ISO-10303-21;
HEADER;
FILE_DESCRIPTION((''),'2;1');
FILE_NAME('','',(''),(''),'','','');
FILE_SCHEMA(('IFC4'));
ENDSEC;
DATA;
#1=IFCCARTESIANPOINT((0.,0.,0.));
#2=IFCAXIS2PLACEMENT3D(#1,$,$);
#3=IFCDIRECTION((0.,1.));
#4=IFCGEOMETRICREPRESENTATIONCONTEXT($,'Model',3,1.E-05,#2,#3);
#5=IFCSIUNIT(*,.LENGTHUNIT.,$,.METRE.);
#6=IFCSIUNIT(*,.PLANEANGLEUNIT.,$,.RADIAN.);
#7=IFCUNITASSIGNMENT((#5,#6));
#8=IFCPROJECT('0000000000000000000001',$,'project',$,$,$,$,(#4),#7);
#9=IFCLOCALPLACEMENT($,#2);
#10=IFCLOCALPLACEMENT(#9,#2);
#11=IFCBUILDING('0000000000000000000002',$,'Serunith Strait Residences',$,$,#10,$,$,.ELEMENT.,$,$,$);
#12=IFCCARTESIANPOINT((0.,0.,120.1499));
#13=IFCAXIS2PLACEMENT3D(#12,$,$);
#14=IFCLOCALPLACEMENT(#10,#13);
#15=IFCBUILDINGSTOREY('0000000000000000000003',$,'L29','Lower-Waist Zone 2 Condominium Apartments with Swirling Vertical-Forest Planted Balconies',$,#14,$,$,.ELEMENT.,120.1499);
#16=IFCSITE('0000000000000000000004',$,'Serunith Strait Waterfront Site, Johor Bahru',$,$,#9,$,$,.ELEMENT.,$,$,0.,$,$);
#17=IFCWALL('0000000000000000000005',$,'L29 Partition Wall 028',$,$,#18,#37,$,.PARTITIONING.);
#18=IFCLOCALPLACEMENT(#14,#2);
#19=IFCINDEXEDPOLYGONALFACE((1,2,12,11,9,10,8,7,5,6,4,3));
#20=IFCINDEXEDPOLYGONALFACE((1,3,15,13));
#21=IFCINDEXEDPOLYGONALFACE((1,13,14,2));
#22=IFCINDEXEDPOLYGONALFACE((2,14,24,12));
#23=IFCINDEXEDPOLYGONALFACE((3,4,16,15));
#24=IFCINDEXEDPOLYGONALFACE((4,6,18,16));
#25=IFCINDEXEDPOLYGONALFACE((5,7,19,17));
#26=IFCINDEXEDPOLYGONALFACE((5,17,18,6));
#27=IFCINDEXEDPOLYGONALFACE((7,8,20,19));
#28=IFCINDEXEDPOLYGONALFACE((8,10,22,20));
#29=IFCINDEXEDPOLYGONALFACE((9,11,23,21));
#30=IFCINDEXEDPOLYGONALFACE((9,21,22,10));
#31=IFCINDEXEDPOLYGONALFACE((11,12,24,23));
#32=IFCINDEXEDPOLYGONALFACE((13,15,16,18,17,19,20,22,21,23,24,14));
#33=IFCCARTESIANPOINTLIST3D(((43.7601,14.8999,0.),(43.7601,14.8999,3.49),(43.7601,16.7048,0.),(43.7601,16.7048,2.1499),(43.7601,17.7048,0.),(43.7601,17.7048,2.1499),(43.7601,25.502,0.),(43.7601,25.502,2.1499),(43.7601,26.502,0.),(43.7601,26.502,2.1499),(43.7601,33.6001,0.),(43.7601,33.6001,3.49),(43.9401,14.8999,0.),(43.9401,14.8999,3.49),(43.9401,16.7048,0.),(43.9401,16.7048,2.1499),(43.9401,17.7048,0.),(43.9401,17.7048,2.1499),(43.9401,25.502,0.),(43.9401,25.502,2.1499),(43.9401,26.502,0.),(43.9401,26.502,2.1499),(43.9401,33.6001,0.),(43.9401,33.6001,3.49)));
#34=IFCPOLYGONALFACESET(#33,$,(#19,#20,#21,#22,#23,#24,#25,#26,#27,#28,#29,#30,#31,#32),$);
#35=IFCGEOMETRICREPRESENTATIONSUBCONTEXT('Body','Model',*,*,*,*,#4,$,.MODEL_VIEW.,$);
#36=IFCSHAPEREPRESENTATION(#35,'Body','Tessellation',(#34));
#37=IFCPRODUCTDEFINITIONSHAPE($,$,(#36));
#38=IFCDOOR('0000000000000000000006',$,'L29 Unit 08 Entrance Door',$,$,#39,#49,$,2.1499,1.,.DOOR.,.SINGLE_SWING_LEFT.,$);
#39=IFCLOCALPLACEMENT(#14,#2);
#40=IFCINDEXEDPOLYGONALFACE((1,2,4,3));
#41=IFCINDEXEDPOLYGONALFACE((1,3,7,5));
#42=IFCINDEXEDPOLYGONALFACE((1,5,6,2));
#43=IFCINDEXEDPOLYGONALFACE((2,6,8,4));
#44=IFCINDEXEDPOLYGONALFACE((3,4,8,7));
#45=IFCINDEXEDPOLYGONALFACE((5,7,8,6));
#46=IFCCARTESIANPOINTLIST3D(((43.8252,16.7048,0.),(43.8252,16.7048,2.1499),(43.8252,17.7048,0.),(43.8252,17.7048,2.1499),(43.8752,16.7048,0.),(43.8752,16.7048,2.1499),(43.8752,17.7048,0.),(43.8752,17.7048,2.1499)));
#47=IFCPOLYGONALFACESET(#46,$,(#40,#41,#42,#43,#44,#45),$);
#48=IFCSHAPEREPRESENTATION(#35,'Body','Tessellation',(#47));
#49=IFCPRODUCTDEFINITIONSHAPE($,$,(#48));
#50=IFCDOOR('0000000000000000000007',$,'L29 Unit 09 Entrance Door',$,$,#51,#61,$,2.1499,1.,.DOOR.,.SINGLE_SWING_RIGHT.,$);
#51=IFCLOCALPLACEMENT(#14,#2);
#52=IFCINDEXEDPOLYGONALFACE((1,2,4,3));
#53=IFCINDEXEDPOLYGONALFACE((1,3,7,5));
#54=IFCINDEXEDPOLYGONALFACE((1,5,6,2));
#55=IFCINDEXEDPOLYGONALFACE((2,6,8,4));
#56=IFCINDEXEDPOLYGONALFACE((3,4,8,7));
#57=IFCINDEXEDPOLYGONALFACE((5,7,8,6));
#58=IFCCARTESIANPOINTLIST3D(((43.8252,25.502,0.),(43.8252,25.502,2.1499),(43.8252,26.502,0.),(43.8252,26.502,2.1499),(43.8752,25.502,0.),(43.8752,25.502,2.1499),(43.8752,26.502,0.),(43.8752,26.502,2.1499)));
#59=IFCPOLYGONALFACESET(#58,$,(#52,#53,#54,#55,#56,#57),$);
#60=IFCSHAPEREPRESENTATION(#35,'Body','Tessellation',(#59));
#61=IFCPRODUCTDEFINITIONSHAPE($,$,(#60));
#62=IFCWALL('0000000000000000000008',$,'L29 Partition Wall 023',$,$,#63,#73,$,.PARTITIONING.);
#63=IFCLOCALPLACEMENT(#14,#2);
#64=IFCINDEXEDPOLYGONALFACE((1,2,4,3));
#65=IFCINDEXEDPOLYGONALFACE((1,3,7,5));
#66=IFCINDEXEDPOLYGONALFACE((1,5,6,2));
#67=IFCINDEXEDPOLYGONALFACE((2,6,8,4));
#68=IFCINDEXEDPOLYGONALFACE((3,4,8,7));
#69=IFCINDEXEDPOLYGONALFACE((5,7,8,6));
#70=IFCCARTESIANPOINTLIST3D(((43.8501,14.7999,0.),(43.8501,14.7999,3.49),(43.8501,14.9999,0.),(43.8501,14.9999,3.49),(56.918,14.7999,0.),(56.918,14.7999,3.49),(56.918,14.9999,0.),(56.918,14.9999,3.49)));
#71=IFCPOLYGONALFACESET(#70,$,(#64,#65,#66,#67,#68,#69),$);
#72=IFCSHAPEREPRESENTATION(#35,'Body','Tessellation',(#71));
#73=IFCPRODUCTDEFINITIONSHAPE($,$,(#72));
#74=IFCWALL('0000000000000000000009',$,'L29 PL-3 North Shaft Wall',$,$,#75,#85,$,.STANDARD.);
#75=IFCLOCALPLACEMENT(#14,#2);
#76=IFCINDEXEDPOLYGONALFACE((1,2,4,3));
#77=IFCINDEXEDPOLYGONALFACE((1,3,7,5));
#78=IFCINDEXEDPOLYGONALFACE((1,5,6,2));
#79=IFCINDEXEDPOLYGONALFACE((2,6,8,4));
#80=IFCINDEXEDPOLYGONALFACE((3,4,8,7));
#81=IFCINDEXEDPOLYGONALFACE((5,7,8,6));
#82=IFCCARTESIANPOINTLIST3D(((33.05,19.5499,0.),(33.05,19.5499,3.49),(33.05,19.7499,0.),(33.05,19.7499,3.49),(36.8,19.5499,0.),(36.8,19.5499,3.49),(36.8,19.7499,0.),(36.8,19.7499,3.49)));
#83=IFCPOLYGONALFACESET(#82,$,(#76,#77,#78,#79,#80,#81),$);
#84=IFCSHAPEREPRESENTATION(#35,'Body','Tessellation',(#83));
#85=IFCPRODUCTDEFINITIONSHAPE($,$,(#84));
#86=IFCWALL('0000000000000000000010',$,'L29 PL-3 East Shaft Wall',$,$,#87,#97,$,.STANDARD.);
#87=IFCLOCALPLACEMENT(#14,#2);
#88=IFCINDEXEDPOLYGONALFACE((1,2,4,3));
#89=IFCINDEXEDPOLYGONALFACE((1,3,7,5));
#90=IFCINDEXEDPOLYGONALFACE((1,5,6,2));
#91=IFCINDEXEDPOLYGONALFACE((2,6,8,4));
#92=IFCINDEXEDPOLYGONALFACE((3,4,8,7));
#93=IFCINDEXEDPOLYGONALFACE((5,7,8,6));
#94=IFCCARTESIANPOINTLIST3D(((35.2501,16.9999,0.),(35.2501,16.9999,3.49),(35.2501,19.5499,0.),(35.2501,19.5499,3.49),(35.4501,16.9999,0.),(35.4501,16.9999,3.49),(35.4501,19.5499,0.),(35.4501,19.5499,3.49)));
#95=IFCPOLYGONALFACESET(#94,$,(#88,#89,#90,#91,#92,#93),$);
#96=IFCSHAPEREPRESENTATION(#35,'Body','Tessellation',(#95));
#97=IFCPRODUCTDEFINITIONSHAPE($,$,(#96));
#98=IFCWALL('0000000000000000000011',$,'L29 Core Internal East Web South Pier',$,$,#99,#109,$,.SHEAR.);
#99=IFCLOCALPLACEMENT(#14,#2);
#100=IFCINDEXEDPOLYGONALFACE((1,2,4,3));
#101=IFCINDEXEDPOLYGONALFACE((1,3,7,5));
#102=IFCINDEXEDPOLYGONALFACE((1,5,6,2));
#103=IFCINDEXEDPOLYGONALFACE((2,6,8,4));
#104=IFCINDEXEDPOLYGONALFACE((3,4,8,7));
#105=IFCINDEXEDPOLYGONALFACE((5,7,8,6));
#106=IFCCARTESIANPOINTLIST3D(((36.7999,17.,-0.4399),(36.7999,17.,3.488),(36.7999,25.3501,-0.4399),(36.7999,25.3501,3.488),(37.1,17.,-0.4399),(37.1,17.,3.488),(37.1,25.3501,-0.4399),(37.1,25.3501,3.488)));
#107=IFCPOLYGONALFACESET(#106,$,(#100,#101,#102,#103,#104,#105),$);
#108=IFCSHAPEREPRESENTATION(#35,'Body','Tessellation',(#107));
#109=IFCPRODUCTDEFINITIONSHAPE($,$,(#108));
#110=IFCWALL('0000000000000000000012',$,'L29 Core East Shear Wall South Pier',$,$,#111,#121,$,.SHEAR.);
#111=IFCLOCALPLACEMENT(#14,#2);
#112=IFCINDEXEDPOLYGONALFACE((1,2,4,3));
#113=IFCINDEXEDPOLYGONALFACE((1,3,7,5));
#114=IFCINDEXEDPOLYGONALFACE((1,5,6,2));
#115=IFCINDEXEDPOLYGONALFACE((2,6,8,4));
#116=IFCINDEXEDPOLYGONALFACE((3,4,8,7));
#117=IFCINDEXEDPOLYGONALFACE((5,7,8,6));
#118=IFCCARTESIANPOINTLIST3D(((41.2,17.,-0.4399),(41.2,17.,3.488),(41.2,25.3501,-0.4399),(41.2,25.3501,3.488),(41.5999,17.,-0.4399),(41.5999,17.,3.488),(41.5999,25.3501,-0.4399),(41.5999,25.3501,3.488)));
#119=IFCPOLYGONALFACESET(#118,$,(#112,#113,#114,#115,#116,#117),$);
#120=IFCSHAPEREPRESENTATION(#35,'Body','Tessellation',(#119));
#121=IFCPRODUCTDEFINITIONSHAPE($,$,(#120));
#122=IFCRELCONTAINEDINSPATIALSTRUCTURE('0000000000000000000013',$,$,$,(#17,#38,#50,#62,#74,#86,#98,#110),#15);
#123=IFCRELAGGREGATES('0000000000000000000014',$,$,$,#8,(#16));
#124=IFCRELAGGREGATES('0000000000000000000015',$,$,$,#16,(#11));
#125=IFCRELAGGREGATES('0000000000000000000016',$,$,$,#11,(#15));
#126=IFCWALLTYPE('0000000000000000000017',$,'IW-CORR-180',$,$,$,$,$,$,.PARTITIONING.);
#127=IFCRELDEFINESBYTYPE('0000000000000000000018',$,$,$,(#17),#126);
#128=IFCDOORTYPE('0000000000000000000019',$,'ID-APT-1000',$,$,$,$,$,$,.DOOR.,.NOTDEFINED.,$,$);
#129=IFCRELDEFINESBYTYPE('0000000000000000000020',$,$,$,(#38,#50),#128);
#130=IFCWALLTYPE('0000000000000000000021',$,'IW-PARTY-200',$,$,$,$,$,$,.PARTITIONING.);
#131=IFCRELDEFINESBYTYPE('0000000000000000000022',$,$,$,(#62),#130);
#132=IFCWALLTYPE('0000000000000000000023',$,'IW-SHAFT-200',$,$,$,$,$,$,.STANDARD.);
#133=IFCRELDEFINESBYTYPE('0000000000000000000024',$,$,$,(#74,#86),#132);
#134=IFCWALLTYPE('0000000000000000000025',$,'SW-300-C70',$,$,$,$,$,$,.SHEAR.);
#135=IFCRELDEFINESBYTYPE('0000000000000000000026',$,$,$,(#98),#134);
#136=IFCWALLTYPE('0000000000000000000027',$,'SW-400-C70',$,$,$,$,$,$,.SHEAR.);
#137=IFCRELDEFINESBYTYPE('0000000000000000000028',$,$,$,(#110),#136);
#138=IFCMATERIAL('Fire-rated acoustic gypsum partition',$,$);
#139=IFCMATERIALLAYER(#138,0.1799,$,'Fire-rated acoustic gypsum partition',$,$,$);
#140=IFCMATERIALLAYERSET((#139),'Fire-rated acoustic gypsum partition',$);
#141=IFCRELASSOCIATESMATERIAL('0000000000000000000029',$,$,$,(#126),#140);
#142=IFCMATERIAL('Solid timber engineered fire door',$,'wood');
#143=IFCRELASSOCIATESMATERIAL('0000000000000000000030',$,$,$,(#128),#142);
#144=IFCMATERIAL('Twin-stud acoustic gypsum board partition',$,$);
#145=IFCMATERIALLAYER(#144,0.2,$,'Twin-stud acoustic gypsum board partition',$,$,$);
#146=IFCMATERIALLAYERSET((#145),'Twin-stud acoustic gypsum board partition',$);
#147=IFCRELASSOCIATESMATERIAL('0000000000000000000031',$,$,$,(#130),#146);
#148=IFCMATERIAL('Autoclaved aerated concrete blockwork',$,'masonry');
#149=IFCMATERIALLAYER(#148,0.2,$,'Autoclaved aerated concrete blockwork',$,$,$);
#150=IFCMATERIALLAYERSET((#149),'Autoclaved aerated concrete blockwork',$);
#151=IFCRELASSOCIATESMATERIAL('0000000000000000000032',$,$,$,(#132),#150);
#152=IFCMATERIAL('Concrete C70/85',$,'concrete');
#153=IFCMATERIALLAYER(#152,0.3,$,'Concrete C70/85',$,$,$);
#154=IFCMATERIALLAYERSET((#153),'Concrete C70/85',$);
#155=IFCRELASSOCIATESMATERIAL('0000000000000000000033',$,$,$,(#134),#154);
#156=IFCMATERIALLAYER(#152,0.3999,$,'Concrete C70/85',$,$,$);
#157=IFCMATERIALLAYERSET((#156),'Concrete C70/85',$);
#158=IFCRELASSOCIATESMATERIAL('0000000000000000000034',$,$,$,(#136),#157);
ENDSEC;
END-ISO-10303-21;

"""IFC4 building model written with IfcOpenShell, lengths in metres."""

from ifc_helpers import new_model, si_unit, direction, frame, frame_2d, origin, place, context, subcontext, project, spatial, rectangle, extrude, source, transform, mapped, material, layer, layer_set, type_object, element, fill, save


model = new_model("IFC4")

# Units and contexts
model_context = context("Model", 3, precision=1e-05, world=origin(), true_north=direction((0.0, 1.0)))
body_context = subcontext(model_context, "Body", "Model", "MODEL_VIEW")
ifc_project = project(units=[si_unit("LENGTHUNIT", "METRE"), si_unit("PLANEANGLEUNIT", "RADIAN")], contexts=[model_context])

# Site, building, storey
site_placement = place(None, origin())
site = spatial("IfcSite", under=ifc_project, at=site_placement, Name="Serunith Strait Waterfront Site, Johor Bahru", CompositionType="ELEMENT", RefElevation=0.0)
building_placement = place(site_placement, origin())
building = spatial("IfcBuilding", under=site, at=building_placement, Name="Serunith Strait Residences", CompositionType="ELEMENT")
storey_placement = place(building_placement, frame((0.0, 0.0, 120.1499)))
storey = spatial("IfcBuildingStorey", under=building, at=storey_placement, Name="L29", Description="Lower-Waist Zone 2 Condominium Apartments with Swirling Vertical-Forest Planted Balconies", CompositionType="ELEMENT", Elevation=120.1499)

# Wall, openings, doors
ifc_material_1 = material(Name="Fire-rated acoustic gypsum partition")
ifc_layer_1 = layer(ifc_material_1, 0.1799, Name="Fire-rated acoustic gypsum partition")
ifc_layer_set_1 = layer_set([ifc_layer_1], Name="Fire-rated acoustic gypsum partition")
wall_type_1 = type_object("IfcWallType", Name="IW-CORR-180", PredefinedType="PARTITIONING", material=ifc_layer_set_1)
wall_1_placement = place(storey_placement, frame((43.8501, 14.8999, 0.0), z_axis=(0.0, 0.0, 1.0), x_axis=(0.0, 1.0, 0.0)))
wall_1 = element("IfcWall", 1, at=wall_1_placement, inside=storey, type_object=wall_type_1, Name="L29 Partition Wall 028", PredefinedType="PARTITIONING", context=body_context, shape_type="SweptSolid", body=[
    extrude(rectangle(XDim=18.7002, YDim=0.1799, at=frame_2d((9.3501, 0.0))), origin(), (0.0, 0.0, 1.0), 3.49),
])
opening_1_placement = place(wall_1_placement, frame((1.8049, 0.0, 0.0)))
opening_1 = element("IfcOpeningElement", 2, at=opening_1_placement, cuts=wall_1, PredefinedType="OPENING", context=body_context, shape_type="SweptSolid", body=[
    extrude(rectangle(XDim=1.0, YDim=2.1499, at=frame_2d((0.5, 1.075))), frame((0.0, 0.1001, 0.0), z_axis=(0.0, -1.0, 0.0), x_axis=(1.0, 0.0, 0.0)), (0.0, 0.0, 1.0), 0.2),
])
opening_2_placement = place(wall_1_placement, frame((10.6021, 0.0, 0.0)))
opening_2 = element("IfcOpeningElement", 3, at=opening_2_placement, cuts=wall_1, PredefinedType="OPENING", context=body_context, shape_type="SweptSolid", body=[
    extrude(rectangle(XDim=1.0, YDim=2.1499, at=frame_2d((0.5, 1.075))), frame((0.0, 0.1001, 0.0), z_axis=(0.0, -1.0, 0.0), x_axis=(1.0, 0.0, 0.0)), (0.0, 0.0, 1.0), 0.2),
])
ifc_material_2 = material(Name="Solid timber engineered fire door", Category="wood")
door_type = type_object("IfcDoorType", Name="ID-APT-1000", OperationType="NOTDEFINED", PredefinedType="DOOR", material=ifc_material_2)
shared_shape_1 = source(origin(), body_context, "Body", "SweptSolid", [
    extrude(rectangle(XDim=1.0, YDim=2.1499, at=frame_2d((0.5, 1.075))), frame((0.0, 0.0249, 0.0), z_axis=(0.0, -1.0, 0.0), x_axis=(1.0, 0.0, 0.0)), (0.0, 0.0, 1.0), 0.05),
])
door_1_placement = place(opening_1_placement, origin())
door_1 = element("IfcDoor", 4, at=door_1_placement, inside=storey, type_object=door_type, Name="L29 Unit 08 Entrance Door", OperationType="SINGLE_SWING_LEFT", OverallHeight=2.1499, OverallWidth=1.0, PredefinedType="DOOR", context=body_context, shape_type="MappedRepresentation", body=[
    mapped(shared_shape_1, transform((0.0, 0.0, 0.0), scale=1.0)),
])
fill(opening_1, door_1)
door_2_placement = place(opening_2_placement, origin())
door_2 = element("IfcDoor", 5, at=door_2_placement, inside=storey, type_object=door_type, Name="L29 Unit 09 Entrance Door", OperationType="SINGLE_SWING_RIGHT", OverallHeight=2.1499, OverallWidth=1.0, PredefinedType="DOOR", context=body_context, shape_type="MappedRepresentation", body=[
    mapped(shared_shape_1, transform((0.0, 0.0, 0.0), scale=1.0)),
])
fill(opening_2, door_2)

# Walls
ifc_material_3 = material(Name="Twin-stud acoustic gypsum board partition")
ifc_layer_2 = layer(ifc_material_3, 0.2, Name="Twin-stud acoustic gypsum board partition")
ifc_layer_set_2 = layer_set([ifc_layer_2], Name="Twin-stud acoustic gypsum board partition")
wall_type_2 = type_object("IfcWallType", Name="IW-PARTY-200", PredefinedType="PARTITIONING", material=ifc_layer_set_2)
wall_2_placement = place(storey_placement, frame((43.8501, 14.8999, 0.0), z_axis=(0.0, 0.0, 1.0), x_axis=(1.0, 0.0, 0.0)))
element("IfcWall", 6, at=wall_2_placement, inside=storey, type_object=wall_type_2, Name="L29 Partition Wall 023", PredefinedType="PARTITIONING", context=body_context, shape_type="SweptSolid", body=[
    extrude(rectangle(XDim=13.0679, YDim=0.2, at=frame_2d((6.5339, 0.0))), origin(), (0.0, 0.0, 1.0), 3.49),
])
ifc_material_4 = material(Name="Autoclaved aerated concrete blockwork", Category="masonry")
ifc_layer_3 = layer(ifc_material_4, 0.2, Name="Autoclaved aerated concrete blockwork")
ifc_layer_set_3 = layer_set([ifc_layer_3], Name="Autoclaved aerated concrete blockwork")
wall_type_3 = type_object("IfcWallType", Name="IW-SHAFT-200", PredefinedType="STANDARD", material=ifc_layer_set_3)
wall_3_placement = place(storey_placement, frame((33.05, 19.6499, 0.0), z_axis=(0.0, 0.0, 1.0), x_axis=(1.0, 0.0, 0.0)))
element("IfcWall", 7, at=wall_3_placement, inside=storey, type_object=wall_type_3, Name="L29 PL-3 North Shaft Wall", PredefinedType="STANDARD", context=body_context, shape_type="SweptSolid", body=[
    extrude(rectangle(XDim=3.75, YDim=0.2, at=frame_2d((1.875, 0.0))), origin(), (0.0, 0.0, 1.0), 3.49),
])
wall_4_placement = place(storey_placement, frame((35.3501, 17.0, 0.0), z_axis=(0.0, 0.0, 1.0), x_axis=(0.0, 1.0, 0.0)))
element("IfcWall", 8, at=wall_4_placement, inside=storey, type_object=wall_type_3, Name="L29 PL-3 East Shaft Wall", PredefinedType="STANDARD", context=body_context, shape_type="SweptSolid", body=[
    extrude(rectangle(XDim=2.55, YDim=0.2, at=frame_2d((1.2749, 0.0))), origin(), (0.0, 0.0, 1.0), 3.49),
])
ifc_material_5 = material(Name="Concrete C70/85", Category="concrete")
ifc_layer_4 = layer(ifc_material_5, 0.3, Name="Concrete C70/85")
ifc_layer_set_4 = layer_set([ifc_layer_4], Name="Concrete C70/85")
wall_type_4 = type_object("IfcWallType", Name="SW-300-C70", PredefinedType="SHEAR", material=ifc_layer_set_4)
wall_5_placement = place(storey_placement, frame((36.95, 17.0, -0.4399), z_axis=(0.0, 0.0, 1.0), x_axis=(0.0, 1.0, 0.0)))
element("IfcWall", 9, at=wall_5_placement, inside=storey, type_object=wall_type_4, Name="L29 Core Internal East Web South Pier", PredefinedType="SHEAR", context=body_context, shape_type="SweptSolid", body=[
    extrude(rectangle(XDim=8.3501, YDim=0.3, at=frame_2d((4.175, 0.0))), origin(), (0.0, 0.0, 1.0), 3.928),
])
ifc_layer_5 = layer(ifc_material_5, 0.3999, Name="Concrete C70/85")
ifc_layer_set_5 = layer_set([ifc_layer_5], Name="Concrete C70/85")
wall_type_5 = type_object("IfcWallType", Name="SW-400-C70", PredefinedType="SHEAR", material=ifc_layer_set_5)
wall_6_placement = place(storey_placement, frame((41.3999, 17.0, -0.4399), z_axis=(0.0, 0.0, 1.0), x_axis=(0.0, 1.0, 0.0)))
element("IfcWall", 10, at=wall_6_placement, inside=storey, type_object=wall_type_5, Name="L29 Core East Shear Wall South Pier", PredefinedType="SHEAR", context=body_context, shape_type="SweptSolid", body=[
    extrude(rectangle(XDim=8.3501, YDim=0.3999, at=frame_2d((4.175, 0.0))), origin(), (0.0, 0.0, 1.0), 3.928),
])

save(model, "model.ifc")
